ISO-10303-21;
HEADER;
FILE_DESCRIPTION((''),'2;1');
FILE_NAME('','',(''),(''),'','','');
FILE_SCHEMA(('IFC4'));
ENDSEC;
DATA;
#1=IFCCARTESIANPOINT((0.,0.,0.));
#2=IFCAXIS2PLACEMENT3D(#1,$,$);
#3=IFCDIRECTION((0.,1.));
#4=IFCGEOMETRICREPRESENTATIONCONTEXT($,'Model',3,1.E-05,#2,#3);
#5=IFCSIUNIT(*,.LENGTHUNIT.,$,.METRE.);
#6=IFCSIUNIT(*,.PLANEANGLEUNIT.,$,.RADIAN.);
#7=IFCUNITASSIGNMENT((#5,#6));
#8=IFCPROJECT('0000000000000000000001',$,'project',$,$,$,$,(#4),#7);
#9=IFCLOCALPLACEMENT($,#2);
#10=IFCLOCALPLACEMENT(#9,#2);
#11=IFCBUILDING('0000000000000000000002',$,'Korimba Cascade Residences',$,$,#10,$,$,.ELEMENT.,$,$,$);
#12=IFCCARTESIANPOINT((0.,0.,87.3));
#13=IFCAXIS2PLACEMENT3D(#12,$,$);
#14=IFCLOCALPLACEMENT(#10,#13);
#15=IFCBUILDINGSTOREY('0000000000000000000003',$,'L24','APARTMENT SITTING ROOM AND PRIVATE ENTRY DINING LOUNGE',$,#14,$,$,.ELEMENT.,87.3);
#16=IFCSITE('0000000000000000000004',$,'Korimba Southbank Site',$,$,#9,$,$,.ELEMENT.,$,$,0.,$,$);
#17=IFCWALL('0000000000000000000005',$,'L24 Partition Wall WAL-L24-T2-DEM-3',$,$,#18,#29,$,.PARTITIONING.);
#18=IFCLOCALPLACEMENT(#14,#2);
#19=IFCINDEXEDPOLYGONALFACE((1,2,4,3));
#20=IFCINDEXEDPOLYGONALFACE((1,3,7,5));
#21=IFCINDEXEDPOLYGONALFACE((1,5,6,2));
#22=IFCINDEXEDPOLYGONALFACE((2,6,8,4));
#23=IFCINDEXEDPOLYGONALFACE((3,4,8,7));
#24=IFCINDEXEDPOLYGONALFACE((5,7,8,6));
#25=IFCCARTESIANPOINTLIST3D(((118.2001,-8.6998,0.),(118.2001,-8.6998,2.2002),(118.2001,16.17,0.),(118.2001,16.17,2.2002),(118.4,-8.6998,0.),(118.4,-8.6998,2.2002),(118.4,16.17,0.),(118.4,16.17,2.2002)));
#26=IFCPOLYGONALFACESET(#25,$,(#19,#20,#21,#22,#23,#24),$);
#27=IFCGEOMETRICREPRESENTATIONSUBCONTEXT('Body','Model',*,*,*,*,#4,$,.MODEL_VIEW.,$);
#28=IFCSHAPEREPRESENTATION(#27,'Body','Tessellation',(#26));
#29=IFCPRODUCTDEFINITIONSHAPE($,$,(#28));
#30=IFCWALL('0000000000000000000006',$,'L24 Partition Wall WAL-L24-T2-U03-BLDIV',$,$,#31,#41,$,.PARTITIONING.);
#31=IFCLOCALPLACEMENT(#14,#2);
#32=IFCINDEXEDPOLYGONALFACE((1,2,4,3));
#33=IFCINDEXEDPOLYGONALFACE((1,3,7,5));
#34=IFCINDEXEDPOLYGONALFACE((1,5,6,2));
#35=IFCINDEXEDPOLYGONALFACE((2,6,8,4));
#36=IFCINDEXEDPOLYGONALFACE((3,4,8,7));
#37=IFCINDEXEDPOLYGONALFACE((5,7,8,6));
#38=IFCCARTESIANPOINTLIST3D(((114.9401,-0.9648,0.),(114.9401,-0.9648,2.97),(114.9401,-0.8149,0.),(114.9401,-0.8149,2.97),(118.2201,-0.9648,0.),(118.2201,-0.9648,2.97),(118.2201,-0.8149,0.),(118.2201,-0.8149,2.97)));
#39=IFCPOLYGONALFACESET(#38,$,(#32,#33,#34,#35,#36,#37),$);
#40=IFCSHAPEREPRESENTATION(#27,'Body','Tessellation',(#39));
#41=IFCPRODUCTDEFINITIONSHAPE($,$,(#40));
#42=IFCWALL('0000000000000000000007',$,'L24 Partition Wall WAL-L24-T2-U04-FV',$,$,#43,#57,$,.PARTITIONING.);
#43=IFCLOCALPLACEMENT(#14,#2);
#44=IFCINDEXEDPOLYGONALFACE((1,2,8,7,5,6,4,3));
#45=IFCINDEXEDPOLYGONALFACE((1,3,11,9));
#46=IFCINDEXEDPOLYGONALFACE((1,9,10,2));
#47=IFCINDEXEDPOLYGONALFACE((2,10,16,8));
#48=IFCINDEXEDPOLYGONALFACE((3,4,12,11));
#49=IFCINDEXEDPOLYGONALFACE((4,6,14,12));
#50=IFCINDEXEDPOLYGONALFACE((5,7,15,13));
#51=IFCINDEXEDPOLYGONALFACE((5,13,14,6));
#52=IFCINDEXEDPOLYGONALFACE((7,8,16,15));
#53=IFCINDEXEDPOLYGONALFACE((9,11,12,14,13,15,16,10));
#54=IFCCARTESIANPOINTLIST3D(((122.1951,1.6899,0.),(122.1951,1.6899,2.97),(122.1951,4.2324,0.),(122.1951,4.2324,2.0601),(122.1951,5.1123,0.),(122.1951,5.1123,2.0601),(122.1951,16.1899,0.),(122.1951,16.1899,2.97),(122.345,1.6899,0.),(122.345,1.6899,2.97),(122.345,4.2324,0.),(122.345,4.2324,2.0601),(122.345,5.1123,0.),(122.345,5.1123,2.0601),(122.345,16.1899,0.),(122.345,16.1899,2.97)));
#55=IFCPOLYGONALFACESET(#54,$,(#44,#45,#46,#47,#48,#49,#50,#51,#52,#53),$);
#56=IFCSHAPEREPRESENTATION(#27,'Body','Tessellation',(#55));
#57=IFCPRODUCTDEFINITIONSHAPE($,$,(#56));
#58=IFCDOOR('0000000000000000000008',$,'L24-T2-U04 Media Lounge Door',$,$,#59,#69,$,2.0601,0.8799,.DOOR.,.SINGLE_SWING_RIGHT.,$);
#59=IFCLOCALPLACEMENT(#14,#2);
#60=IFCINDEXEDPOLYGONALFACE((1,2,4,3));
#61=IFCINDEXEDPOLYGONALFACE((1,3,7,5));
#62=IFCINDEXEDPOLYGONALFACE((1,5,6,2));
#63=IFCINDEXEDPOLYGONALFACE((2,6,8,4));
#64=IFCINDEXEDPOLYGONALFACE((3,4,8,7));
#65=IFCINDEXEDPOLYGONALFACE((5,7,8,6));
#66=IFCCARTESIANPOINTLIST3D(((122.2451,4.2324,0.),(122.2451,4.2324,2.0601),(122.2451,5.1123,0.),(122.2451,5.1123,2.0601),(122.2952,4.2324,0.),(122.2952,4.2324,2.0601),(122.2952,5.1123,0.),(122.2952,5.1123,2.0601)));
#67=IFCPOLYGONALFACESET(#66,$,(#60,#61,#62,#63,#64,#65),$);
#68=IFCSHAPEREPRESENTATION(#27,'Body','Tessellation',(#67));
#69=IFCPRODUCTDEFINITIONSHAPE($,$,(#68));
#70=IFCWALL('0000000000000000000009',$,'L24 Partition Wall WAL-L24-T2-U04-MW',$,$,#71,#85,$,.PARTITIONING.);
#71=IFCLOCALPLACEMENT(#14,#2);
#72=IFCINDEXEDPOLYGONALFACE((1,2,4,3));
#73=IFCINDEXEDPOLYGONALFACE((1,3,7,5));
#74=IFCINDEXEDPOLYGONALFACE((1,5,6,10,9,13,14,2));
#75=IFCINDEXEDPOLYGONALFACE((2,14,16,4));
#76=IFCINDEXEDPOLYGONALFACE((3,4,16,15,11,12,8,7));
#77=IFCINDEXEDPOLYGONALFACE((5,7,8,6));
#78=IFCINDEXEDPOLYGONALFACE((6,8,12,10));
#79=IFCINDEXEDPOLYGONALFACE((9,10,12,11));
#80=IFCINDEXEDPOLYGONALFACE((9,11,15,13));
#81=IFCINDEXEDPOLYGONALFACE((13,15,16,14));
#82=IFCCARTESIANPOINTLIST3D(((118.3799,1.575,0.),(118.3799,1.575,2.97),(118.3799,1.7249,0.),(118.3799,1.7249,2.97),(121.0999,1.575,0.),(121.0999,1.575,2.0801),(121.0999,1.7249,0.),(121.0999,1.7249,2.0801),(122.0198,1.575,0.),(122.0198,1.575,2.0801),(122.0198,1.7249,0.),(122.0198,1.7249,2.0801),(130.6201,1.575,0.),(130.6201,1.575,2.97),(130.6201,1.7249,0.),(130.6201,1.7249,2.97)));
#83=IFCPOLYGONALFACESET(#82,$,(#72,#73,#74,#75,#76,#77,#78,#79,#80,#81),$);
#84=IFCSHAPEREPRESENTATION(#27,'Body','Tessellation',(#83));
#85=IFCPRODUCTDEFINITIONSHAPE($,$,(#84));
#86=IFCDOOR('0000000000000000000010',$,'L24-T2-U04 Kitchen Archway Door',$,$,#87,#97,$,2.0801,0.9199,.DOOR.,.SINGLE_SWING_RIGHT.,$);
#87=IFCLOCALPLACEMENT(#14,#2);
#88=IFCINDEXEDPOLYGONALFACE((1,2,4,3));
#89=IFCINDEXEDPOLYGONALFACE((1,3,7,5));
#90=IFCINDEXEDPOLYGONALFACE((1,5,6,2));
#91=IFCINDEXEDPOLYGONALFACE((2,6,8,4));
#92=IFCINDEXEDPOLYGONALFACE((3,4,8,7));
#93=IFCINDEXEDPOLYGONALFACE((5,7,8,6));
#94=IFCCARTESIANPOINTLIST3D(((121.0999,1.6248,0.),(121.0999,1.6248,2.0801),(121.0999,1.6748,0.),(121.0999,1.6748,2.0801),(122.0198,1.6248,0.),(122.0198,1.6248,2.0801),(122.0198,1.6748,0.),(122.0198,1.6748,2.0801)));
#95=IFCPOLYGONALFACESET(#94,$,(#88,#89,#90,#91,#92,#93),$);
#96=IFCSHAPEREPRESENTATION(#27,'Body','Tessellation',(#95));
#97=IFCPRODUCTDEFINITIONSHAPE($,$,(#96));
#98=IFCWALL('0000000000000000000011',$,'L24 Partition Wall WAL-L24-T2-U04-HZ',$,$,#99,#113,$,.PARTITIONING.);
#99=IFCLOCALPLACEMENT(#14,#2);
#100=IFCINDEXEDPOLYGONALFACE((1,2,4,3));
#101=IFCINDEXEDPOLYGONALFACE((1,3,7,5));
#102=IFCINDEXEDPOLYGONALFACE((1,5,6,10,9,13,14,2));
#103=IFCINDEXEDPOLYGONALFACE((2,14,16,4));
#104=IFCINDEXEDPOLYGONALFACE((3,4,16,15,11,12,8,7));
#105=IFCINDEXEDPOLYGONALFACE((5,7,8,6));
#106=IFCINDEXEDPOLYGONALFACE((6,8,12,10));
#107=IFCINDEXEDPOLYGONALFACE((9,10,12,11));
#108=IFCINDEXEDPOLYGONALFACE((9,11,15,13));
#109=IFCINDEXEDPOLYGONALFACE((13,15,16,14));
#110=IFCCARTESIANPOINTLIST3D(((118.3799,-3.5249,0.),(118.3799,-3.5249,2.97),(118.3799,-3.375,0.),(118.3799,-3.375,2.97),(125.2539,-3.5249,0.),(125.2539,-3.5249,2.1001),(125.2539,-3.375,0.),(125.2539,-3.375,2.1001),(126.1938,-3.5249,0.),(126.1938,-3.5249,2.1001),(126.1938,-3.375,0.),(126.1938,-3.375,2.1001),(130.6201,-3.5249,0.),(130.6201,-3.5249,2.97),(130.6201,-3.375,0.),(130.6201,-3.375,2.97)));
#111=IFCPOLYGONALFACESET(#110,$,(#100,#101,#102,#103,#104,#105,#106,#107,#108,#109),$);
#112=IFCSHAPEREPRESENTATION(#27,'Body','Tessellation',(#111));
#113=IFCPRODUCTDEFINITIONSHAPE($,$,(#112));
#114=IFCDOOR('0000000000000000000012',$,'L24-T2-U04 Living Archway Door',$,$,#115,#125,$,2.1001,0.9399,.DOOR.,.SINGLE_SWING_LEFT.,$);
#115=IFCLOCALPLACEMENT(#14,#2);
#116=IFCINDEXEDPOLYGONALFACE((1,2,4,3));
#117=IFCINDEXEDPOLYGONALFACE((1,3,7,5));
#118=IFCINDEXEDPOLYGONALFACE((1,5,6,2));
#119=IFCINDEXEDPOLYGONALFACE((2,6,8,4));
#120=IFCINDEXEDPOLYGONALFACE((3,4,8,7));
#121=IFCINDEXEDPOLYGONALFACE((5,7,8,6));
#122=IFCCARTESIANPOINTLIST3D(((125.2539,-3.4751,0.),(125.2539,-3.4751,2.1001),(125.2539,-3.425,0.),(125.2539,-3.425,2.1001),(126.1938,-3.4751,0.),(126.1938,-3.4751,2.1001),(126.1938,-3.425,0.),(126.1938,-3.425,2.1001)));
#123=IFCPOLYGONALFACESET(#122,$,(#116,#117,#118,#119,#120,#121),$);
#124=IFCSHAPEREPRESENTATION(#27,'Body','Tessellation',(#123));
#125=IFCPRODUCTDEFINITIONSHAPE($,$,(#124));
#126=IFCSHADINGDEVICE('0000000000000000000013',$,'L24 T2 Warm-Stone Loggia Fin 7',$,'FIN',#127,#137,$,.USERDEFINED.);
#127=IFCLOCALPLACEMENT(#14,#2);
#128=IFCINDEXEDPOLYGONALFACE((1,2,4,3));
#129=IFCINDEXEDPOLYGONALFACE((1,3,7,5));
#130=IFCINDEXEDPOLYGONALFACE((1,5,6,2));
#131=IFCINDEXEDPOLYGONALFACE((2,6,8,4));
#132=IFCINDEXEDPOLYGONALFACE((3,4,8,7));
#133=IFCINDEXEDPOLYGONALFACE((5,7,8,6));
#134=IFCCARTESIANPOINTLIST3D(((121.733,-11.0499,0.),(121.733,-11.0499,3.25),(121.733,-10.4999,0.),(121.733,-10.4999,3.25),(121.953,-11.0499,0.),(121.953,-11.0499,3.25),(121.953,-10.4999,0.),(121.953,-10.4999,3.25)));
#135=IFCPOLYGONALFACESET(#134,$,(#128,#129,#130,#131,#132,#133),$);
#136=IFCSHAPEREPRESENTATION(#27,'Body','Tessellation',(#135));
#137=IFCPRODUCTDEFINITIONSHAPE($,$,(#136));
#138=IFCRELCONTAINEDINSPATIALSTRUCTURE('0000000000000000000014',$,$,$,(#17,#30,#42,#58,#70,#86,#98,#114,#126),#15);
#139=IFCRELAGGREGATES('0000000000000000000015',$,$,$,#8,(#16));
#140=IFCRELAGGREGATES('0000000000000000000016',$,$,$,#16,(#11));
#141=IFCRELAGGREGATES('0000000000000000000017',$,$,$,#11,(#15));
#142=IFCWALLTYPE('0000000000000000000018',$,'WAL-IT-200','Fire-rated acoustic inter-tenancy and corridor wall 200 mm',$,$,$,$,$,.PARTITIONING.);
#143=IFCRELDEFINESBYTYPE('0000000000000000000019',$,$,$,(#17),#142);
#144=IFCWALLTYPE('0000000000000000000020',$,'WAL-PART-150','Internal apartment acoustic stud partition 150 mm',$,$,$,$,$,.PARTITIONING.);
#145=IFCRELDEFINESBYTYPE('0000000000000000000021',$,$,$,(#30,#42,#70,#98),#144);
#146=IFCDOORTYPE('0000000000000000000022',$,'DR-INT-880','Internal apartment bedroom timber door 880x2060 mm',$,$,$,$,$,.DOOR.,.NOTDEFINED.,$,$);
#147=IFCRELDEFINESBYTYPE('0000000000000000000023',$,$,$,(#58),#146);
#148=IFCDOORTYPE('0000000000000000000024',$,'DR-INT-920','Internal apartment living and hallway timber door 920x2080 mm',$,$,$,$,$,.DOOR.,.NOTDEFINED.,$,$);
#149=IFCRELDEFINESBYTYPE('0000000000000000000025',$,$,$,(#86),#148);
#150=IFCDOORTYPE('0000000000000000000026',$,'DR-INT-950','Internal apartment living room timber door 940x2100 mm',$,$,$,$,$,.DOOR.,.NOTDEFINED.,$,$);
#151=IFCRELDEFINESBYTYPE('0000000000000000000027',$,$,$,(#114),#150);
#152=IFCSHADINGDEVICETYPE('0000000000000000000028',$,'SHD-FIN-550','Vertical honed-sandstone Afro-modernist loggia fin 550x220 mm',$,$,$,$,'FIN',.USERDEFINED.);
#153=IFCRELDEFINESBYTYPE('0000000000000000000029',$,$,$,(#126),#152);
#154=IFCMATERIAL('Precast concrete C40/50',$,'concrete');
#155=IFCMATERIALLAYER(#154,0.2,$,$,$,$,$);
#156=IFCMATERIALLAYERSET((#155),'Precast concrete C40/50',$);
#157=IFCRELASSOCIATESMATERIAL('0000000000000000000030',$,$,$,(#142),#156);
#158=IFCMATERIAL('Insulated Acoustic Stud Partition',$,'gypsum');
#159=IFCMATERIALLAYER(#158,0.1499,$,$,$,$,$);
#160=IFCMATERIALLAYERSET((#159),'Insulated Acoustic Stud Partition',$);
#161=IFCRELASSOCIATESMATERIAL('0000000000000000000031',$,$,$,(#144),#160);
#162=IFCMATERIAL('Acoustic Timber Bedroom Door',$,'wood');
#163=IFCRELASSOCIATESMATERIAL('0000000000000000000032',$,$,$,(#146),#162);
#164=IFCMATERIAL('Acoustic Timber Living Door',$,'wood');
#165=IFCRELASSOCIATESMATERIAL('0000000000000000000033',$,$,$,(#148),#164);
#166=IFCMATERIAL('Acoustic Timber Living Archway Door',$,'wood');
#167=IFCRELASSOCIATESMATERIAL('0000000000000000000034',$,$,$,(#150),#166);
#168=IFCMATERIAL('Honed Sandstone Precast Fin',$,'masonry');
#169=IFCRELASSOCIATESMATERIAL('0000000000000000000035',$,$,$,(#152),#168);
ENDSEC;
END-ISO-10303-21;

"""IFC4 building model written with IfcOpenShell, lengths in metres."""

from ifc_helpers import new_model, si_unit, direction, frame, frame_2d, origin, origin_2d, place, context, subcontext, project, spatial, rectangle, extrude, material, layer, layer_set, type_object, element, fill, save


model = new_model("IFC4")

# Units and contexts
model_context = context("Model", 3, precision=1e-05, world=origin(), true_north=direction((0.0, 1.0)))
body_context = subcontext(model_context, "Body", "Model", "MODEL_VIEW")
ifc_project = project(units=[si_unit("LENGTHUNIT", "METRE"), si_unit("PLANEANGLEUNIT", "RADIAN")], contexts=[model_context])

# Site, building, storey
site_placement = place(None, origin())
site = spatial("IfcSite", under=ifc_project, at=site_placement, Name="Korimba Southbank Site", CompositionType="ELEMENT", RefElevation=0.0)
building_placement = place(site_placement, origin())
building = spatial("IfcBuilding", under=site, at=building_placement, Name="Korimba Cascade Residences", CompositionType="ELEMENT")
storey_placement = place(building_placement, frame((0.0, 0.0, 87.3)))
storey = spatial("IfcBuildingStorey", under=building, at=storey_placement, Name="L24", Description="APARTMENT SITTING ROOM AND PRIVATE ENTRY DINING LOUNGE", CompositionType="ELEMENT", Elevation=87.3)

# Walls
ifc_material_1 = material(Name="Precast concrete C40/50", Category="concrete")
ifc_layer_1 = layer(ifc_material_1, 0.2)
ifc_layer_set_1 = layer_set([ifc_layer_1], Name="Precast concrete C40/50")
wall_type_1 = type_object("IfcWallType", Name="WAL-IT-200", Description="Fire-rated acoustic inter-tenancy and corridor wall 200 mm", PredefinedType="PARTITIONING", material=ifc_layer_set_1)
wall_1_placement = place(storey_placement, frame((118.3, -8.7, 0.0), z_axis=(0.0, 0.0, 1.0), x_axis=(0.0, 1.0, 0.0)))
element("IfcWall", 1, at=wall_1_placement, inside=storey, type_object=wall_type_1, Name="L24 Partition Wall WAL-L24-T2-DEM-3", PredefinedType="PARTITIONING", context=body_context, shape_type="SweptSolid", body=[
    extrude(rectangle(XDim=24.8699, YDim=0.2, at=frame_2d((12.4351, 0.0))), origin(), (0.0, 0.0, 1.0), 2.2002),
])
ifc_material_2 = material(Name="Insulated Acoustic Stud Partition", Category="gypsum")
ifc_layer_2 = layer(ifc_material_2, 0.1499)
ifc_layer_set_2 = layer_set([ifc_layer_2], Name="Insulated Acoustic Stud Partition")
wall_type_2 = type_object("IfcWallType", Name="WAL-PART-150", Description="Internal apartment acoustic stud partition 150 mm", PredefinedType="PARTITIONING", material=ifc_layer_set_2)
wall_2_placement = place(storey_placement, frame((114.9399, -0.8899, 0.0), z_axis=(0.0, 0.0, 1.0), x_axis=(1.0, 0.0, 0.0)))
element("IfcWall", 2, at=wall_2_placement, inside=storey, type_object=wall_type_2, Name="L24 Partition Wall WAL-L24-T2-U03-BLDIV", PredefinedType="PARTITIONING", context=body_context, shape_type="SweptSolid", body=[
    extrude(rectangle(XDim=3.28, YDim=0.1499, at=frame_2d((1.6401, 0.0))), origin(), (0.0, 0.0, 1.0), 2.97),
])

# Walls, openings, doors
wall_3_placement = place(storey_placement, frame((122.27, 1.6899, 0.0), z_axis=(0.0, 0.0, 1.0), x_axis=(0.0, 1.0, 0.0)))
wall_3 = element("IfcWall", 3, at=wall_3_placement, inside=storey, type_object=wall_type_2, Name="L24 Partition Wall WAL-L24-T2-U04-FV", PredefinedType="PARTITIONING", context=body_context, shape_type="SweptSolid", body=[
    extrude(rectangle(XDim=14.5, YDim=0.1499, at=frame_2d((7.25, 0.0))), origin(), (0.0, 0.0, 1.0), 2.97),
])
opening_1_placement = place(wall_3_placement, frame((2.5425, 0.0, 0.0)))
opening_1 = element("IfcOpeningElement", 4, at=opening_1_placement, cuts=wall_3, PredefinedType="OPENING", context=body_context, shape_type="SweptSolid", body=[
    extrude(rectangle(XDim=0.8799, YDim=2.0601, at=frame_2d((0.4399, 1.03))), frame((0.0, 0.085, 0.0), z_axis=(0.0, -1.0, 0.0), x_axis=(1.0, 0.0, 0.0)), (0.0, 0.0, 1.0), 0.1699),
])
ifc_material_3 = material(Name="Acoustic Timber Bedroom Door", Category="wood")
door_type_1 = type_object("IfcDoorType", Name="DR-INT-880", Description="Internal apartment bedroom timber door 880x2060 mm", OperationType="NOTDEFINED", PredefinedType="DOOR", material=ifc_material_3)
door_1_placement = place(opening_1_placement, origin())
door_1 = element("IfcDoor", 5, at=door_1_placement, inside=storey, type_object=door_type_1, Name="L24-T2-U04 Media Lounge Door", OperationType="SINGLE_SWING_RIGHT", OverallHeight=2.0601, OverallWidth=0.8799, PredefinedType="DOOR", context=body_context, shape_type="SweptSolid", body=[
    extrude(rectangle(XDim=0.8799, YDim=2.0601, at=frame_2d((0.4399, 1.03))), frame((0.0, 0.0249, 0.0), z_axis=(0.0, -1.0, 0.0), x_axis=(1.0, 0.0, 0.0)), (0.0, 0.0, 1.0), 0.05),
])
fill(opening_1, door_1)
wall_4_placement = place(storey_placement, frame((118.3799, 1.6499, 0.0), z_axis=(0.0, 0.0, 1.0), x_axis=(1.0, 0.0, 0.0)))
wall_4 = element("IfcWall", 6, at=wall_4_placement, inside=storey, type_object=wall_type_2, Name="L24 Partition Wall WAL-L24-T2-U04-MW", PredefinedType="PARTITIONING", context=body_context, shape_type="SweptSolid", body=[
    extrude(rectangle(XDim=12.2402, YDim=0.1499, at=frame_2d((6.1201, 0.0))), origin(), (0.0, 0.0, 1.0), 2.97),
])
opening_2_placement = place(wall_4_placement, frame((2.72, 0.0, 0.0)))
opening_2 = element("IfcOpeningElement", 7, at=opening_2_placement, cuts=wall_4, PredefinedType="OPENING", context=body_context, shape_type="SweptSolid", body=[
    extrude(rectangle(XDim=0.9199, YDim=2.0801, at=frame_2d((0.46, 1.04))), frame((0.0, 0.085, 0.0), z_axis=(0.0, -1.0, 0.0), x_axis=(1.0, 0.0, 0.0)), (0.0, 0.0, 1.0), 0.1699),
])
ifc_material_4 = material(Name="Acoustic Timber Living Door", Category="wood")
door_type_2 = type_object("IfcDoorType", Name="DR-INT-920", Description="Internal apartment living and hallway timber door 920x2080 mm", OperationType="NOTDEFINED", PredefinedType="DOOR", material=ifc_material_4)
door_2_placement = place(opening_2_placement, origin())
door_2 = element("IfcDoor", 8, at=door_2_placement, inside=storey, type_object=door_type_2, Name="L24-T2-U04 Kitchen Archway Door", OperationType="SINGLE_SWING_RIGHT", OverallHeight=2.0801, OverallWidth=0.9199, PredefinedType="DOOR", context=body_context, shape_type="SweptSolid", body=[
    extrude(rectangle(XDim=0.9199, YDim=2.0801, at=frame_2d((0.46, 1.04))), frame((0.0, 0.0249, 0.0), z_axis=(0.0, -1.0, 0.0), x_axis=(1.0, 0.0, 0.0)), (0.0, 0.0, 1.0), 0.05),
])
fill(opening_2, door_2)
wall_5_placement = place(storey_placement, frame((118.3799, -3.45, 0.0), z_axis=(0.0, 0.0, 1.0), x_axis=(1.0, 0.0, 0.0)))
wall_5 = element("IfcWall", 9, at=wall_5_placement, inside=storey, type_object=wall_type_2, Name="L24 Partition Wall WAL-L24-T2-U04-HZ", PredefinedType="PARTITIONING", context=body_context, shape_type="SweptSolid", body=[
    extrude(rectangle(XDim=12.2402, YDim=0.1499, at=frame_2d((6.1201, 0.0))), origin(), (0.0, 0.0, 1.0), 2.97),
])
opening_3_placement = place(wall_5_placement, frame((6.874, 0.0, 0.0)))
opening_3 = element("IfcOpeningElement", 10, at=opening_3_placement, cuts=wall_5, PredefinedType="OPENING", context=body_context, shape_type="SweptSolid", body=[
    extrude(rectangle(XDim=0.9399, YDim=2.1001, at=frame_2d((0.47, 1.05))), frame((0.0, 0.085, 0.0), z_axis=(0.0, -1.0, 0.0), x_axis=(1.0, 0.0, 0.0)), (0.0, 0.0, 1.0), 0.1699),
])
ifc_material_5 = material(Name="Acoustic Timber Living Archway Door", Category="wood")
door_type_3 = type_object("IfcDoorType", Name="DR-INT-950", Description="Internal apartment living room timber door 940x2100 mm", OperationType="NOTDEFINED", PredefinedType="DOOR", material=ifc_material_5)
door_3_placement = place(opening_3_placement, origin())
door_3 = element("IfcDoor", 11, at=door_3_placement, inside=storey, type_object=door_type_3, Name="L24-T2-U04 Living Archway Door", OperationType="SINGLE_SWING_LEFT", OverallHeight=2.1001, OverallWidth=0.9399, PredefinedType="DOOR", context=body_context, shape_type="SweptSolid", body=[
    extrude(rectangle(XDim=0.9399, YDim=2.1001, at=frame_2d((0.47, 1.05))), frame((0.0, 0.0249, 0.0), z_axis=(0.0, -1.0, 0.0), x_axis=(1.0, 0.0, 0.0)), (0.0, 0.0, 1.0), 0.05),
])
fill(opening_3, door_3)

# Shading device
ifc_material_6 = material(Name="Honed Sandstone Precast Fin", Category="masonry")
shading_device_type = type_object("IfcShadingDeviceType", Name="SHD-FIN-550", Description="Vertical honed-sandstone Afro-modernist loggia fin 550x220 mm", ElementType="FIN", PredefinedType="USERDEFINED", material=ifc_material_6)
shading_device_placement = place(storey_placement, frame((121.843, -10.7749, 0.0), z_axis=(0.0, 0.0, 1.0), x_axis=(1.0, 0.0, 0.0)))
element("IfcShadingDevice", 12, at=shading_device_placement, inside=storey, type_object=shading_device_type, Name="L24 T2 Warm-Stone Loggia Fin 7", ObjectType="FIN", PredefinedType="USERDEFINED", context=body_context, shape_type="SweptSolid", body=[
    extrude(rectangle(XDim=0.22, YDim=0.55, at=origin_2d()), origin(), (0.0, 0.0, 1.0), 3.25),
])

save(model, "model.ifc")
